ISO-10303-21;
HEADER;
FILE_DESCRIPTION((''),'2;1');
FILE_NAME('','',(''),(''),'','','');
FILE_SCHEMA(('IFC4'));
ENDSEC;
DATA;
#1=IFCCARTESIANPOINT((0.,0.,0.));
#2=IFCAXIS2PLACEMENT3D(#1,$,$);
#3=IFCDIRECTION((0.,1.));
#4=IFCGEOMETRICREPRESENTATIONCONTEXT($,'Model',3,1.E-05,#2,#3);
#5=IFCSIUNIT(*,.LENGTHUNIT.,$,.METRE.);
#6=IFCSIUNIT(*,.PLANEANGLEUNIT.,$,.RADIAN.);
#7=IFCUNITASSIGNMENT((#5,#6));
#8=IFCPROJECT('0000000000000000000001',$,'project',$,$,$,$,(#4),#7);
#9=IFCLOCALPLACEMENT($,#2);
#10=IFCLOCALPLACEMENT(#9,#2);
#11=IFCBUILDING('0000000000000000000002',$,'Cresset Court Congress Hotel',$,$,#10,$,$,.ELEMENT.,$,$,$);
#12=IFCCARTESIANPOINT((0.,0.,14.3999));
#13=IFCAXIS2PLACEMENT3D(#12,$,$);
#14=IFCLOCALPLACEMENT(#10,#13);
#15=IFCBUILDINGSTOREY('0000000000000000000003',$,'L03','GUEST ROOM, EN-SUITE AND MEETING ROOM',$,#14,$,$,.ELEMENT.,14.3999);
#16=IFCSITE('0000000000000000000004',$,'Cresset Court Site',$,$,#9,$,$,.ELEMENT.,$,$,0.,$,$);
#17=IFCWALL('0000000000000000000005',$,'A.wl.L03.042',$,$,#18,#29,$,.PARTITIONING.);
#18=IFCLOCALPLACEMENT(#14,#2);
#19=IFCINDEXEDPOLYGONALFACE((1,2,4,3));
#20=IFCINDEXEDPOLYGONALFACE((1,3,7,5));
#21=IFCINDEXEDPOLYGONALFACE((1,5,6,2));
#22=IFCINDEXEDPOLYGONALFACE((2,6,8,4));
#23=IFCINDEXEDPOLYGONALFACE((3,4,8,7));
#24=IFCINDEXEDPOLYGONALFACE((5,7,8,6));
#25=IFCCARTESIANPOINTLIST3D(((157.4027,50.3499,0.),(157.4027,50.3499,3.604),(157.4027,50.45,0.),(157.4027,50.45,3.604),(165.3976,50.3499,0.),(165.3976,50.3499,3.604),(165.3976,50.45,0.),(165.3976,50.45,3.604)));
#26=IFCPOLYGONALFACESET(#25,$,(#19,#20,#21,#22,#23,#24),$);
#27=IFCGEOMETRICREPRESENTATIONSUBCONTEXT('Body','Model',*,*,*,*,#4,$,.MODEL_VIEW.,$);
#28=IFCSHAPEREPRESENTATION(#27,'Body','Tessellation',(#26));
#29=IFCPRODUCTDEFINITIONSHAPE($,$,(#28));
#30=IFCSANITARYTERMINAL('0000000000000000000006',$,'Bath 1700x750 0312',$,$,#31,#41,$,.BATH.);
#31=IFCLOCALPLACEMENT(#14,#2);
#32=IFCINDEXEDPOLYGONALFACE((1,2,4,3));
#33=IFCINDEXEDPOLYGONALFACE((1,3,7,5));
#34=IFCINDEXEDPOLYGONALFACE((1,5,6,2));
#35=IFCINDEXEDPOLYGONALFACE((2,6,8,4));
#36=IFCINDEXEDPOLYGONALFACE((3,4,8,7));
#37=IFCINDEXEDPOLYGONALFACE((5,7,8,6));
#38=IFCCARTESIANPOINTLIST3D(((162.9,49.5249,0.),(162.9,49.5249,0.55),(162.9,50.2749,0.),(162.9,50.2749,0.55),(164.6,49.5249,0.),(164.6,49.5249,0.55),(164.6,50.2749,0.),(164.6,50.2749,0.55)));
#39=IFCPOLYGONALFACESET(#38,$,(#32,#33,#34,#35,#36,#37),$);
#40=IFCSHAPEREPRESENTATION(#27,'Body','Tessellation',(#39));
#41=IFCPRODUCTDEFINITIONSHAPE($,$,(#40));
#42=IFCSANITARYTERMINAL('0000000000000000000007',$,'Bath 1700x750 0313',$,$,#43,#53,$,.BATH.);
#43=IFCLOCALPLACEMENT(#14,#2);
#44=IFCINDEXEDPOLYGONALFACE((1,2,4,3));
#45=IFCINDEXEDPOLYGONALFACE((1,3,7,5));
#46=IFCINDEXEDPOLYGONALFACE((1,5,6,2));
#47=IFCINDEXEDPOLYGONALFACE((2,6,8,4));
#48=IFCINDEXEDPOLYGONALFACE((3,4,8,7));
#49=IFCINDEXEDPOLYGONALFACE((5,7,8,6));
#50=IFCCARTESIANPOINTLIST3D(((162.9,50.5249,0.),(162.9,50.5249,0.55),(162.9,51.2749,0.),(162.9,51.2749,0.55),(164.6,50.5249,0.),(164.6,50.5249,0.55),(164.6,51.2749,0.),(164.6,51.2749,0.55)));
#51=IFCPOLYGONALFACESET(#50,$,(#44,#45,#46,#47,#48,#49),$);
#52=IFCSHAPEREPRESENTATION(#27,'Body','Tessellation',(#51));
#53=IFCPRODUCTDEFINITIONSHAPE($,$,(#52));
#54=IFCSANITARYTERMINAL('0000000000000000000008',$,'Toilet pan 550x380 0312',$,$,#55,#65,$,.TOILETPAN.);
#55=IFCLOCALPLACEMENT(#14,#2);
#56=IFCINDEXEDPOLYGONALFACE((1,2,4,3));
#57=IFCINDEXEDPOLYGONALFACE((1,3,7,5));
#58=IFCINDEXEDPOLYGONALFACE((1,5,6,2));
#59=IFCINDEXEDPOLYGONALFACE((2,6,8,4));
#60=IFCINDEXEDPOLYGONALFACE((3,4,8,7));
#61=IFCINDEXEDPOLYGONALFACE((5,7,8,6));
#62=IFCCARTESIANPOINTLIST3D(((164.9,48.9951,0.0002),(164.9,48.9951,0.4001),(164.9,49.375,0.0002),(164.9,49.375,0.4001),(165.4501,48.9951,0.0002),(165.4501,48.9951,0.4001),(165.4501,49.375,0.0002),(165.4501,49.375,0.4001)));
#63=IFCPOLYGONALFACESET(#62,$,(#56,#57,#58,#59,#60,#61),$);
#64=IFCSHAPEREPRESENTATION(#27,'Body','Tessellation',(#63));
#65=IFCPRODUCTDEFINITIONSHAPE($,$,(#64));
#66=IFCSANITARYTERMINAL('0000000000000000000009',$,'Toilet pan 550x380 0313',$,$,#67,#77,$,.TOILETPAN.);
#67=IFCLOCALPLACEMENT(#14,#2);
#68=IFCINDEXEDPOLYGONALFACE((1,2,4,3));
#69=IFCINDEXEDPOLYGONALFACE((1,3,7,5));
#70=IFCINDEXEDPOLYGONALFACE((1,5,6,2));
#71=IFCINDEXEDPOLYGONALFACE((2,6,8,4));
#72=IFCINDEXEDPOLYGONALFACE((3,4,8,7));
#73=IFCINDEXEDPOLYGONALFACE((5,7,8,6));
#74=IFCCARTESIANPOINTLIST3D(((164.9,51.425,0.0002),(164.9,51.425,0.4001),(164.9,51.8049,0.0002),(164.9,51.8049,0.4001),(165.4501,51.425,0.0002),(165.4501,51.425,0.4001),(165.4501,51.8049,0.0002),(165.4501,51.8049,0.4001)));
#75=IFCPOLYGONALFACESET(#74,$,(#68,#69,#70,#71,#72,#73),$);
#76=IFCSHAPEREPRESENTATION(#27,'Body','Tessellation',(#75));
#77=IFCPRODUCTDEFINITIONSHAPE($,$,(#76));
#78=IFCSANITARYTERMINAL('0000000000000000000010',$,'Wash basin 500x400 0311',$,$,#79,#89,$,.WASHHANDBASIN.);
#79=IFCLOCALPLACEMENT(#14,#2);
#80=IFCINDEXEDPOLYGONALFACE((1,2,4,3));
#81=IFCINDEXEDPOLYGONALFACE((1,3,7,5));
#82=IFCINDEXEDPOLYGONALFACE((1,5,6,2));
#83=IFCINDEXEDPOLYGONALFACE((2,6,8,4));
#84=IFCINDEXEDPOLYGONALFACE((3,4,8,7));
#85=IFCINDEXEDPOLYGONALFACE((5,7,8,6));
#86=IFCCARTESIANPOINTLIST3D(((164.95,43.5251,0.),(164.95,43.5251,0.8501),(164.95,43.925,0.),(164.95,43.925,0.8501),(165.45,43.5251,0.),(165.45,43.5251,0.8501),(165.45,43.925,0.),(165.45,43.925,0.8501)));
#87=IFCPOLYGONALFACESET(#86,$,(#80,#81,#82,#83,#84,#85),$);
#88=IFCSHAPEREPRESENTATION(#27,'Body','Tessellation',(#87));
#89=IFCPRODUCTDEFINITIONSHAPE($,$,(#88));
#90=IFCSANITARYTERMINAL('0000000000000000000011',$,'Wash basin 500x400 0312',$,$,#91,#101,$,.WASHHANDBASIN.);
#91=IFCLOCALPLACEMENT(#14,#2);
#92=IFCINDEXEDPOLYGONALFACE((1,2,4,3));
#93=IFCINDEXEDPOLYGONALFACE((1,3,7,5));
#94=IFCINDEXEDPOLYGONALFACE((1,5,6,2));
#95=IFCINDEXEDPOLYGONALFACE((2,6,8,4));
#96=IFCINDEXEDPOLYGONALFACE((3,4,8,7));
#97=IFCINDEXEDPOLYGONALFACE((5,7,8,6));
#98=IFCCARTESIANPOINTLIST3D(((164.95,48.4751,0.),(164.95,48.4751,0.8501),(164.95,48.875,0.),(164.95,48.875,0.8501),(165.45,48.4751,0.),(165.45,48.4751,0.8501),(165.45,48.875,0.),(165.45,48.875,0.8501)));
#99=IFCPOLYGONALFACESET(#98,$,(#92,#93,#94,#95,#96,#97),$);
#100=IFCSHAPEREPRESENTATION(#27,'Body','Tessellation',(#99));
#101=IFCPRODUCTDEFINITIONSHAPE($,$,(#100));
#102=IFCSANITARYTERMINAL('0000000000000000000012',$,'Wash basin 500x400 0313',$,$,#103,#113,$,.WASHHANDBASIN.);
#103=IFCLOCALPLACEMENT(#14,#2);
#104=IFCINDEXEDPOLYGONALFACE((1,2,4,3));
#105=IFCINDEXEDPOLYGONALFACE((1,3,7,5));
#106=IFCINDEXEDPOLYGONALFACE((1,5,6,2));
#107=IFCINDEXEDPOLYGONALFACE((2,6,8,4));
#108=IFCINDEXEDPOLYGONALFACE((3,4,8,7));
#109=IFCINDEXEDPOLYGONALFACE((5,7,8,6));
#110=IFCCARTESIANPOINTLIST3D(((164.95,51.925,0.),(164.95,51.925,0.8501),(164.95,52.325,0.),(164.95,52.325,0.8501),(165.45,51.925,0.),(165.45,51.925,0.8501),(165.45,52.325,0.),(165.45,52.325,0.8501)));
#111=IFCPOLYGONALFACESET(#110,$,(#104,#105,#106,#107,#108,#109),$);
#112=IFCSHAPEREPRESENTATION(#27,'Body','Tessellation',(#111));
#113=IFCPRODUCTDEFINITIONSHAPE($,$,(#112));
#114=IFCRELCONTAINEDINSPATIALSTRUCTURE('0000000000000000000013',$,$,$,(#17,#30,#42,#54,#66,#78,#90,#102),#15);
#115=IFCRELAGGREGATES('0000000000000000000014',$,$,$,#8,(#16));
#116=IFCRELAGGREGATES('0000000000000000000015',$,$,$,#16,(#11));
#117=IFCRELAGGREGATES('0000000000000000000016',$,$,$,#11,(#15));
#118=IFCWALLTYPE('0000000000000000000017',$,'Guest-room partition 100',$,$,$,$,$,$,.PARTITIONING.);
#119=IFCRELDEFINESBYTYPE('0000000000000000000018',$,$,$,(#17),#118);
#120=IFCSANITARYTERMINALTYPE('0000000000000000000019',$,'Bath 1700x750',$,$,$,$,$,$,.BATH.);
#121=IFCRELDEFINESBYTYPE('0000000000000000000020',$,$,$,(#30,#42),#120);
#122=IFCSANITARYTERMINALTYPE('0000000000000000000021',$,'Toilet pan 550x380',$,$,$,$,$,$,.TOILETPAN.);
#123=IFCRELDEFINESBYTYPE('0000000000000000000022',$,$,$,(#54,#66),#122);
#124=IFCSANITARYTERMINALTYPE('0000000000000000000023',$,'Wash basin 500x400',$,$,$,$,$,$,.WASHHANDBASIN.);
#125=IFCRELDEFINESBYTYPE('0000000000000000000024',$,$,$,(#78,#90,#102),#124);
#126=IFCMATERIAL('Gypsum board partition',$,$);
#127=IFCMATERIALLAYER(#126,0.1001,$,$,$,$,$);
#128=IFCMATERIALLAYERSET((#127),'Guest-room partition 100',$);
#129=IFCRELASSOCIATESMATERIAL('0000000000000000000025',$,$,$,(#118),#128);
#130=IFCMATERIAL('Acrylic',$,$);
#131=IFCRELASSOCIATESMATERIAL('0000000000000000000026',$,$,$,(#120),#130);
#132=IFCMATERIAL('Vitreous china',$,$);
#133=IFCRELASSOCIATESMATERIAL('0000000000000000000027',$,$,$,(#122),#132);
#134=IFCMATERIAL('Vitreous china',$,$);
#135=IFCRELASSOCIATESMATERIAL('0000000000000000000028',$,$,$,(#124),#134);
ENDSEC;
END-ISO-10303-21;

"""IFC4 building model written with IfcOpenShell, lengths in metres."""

from ifc_helpers import new_model, si_unit, direction, frame, frame_2d, origin, origin_2d, place, context, subcontext, project, spatial, rectangle, extrude, material, layer, layer_set, type_object, element, save


model = new_model("IFC4")

# Units and contexts
model_context = context("Model", 3, precision=1e-05, world=origin(), true_north=direction((0.0, 1.0)))
body_context = subcontext(model_context, "Body", "Model", "MODEL_VIEW")
ifc_project = project(units=[si_unit("LENGTHUNIT", "METRE"), si_unit("PLANEANGLEUNIT", "RADIAN")], contexts=[model_context])

# Site, building, storey
site_placement = place(None, origin())
site = spatial("IfcSite", under=ifc_project, at=site_placement, Name="Cresset Court Site", CompositionType="ELEMENT", RefElevation=0.0)
building_placement = place(site_placement, origin())
building = spatial("IfcBuilding", under=site, at=building_placement, Name="Cresset Court Congress Hotel", CompositionType="ELEMENT")
storey_placement = place(building_placement, frame((0.0, 0.0, 14.3999)))
storey = spatial("IfcBuildingStorey", under=building, at=storey_placement, Name="L03", Description="GUEST ROOM, EN-SUITE AND MEETING ROOM", CompositionType="ELEMENT", Elevation=14.3999)

# Wall
ifc_material_1 = material(Name="Gypsum board partition")
ifc_layer_1 = layer(ifc_material_1, 0.1001)
ifc_layer_set_1 = layer_set([ifc_layer_1], Name="Guest-room partition 100")
wall_type_1 = type_object("IfcWallType", Name="Guest-room partition 100", PredefinedType="PARTITIONING", material=ifc_layer_set_1)
wall_1_placement = place(storey_placement, frame((157.4026, 50.3999, 0.0), z_axis=(0.0, 0.0, 1.0), x_axis=(1.0, 0.0, 0.0)))
element("IfcWall", 1, at=wall_1_placement, inside=storey, type_object=wall_type_1, Name="A.wl.L03.042", PredefinedType="PARTITIONING", context=body_context, shape_type="SweptSolid", body=[
    extrude(rectangle(XDim=7.9949, YDim=0.1001, at=frame_2d((3.9976, 0.0))), origin(), (0.0, 0.0, 1.0), 3.604),
])

# Sanitary terminals
ifc_material_2 = material(Name="Acrylic")
sanitary_terminal_type_1 = type_object("IfcSanitaryTerminalType", Name="Bath 1700x750", PredefinedType="BATH", material=ifc_material_2)
for number, where, z_axis, x_axis, name in (
    (2, (163.75, 49.8999, 0.0), (0.0, 0.0, 1.0), (1.0, 0.0, 0.0), "Bath 1700x750 0312"),
    (3, (163.75, 50.8999, 0.0), (0.0, 0.0, 1.0), (1.0, 0.0, 0.0), "Bath 1700x750 0313"),
):
    element("IfcSanitaryTerminal", number, at=place(storey_placement, frame(where, z_axis=z_axis, x_axis=x_axis)), inside=storey, type_object=sanitary_terminal_type_1, Name=name, PredefinedType="BATH", context=body_context, shape_type="SweptSolid", body=[
        extrude(rectangle(XDim=1.7, YDim=0.75, at=origin_2d()), origin(), (0.0, 0.0, 1.0), 0.55),
    ])
ifc_material_3 = material(Name="Vitreous china")
sanitary_terminal_type_2 = type_object("IfcSanitaryTerminalType", Name="Toilet pan 550x380", PredefinedType="TOILETPAN", material=ifc_material_3)
for number, where, z_axis, x_axis, name in (
    (4, (165.175, 49.1851, 0.0002), (0.0, 0.0, 1.0), (1.0, 0.0, 0.0), "Toilet pan 550x380 0312"),
    (5, (165.175, 51.615, 0.0002), (0.0, 0.0, 1.0), (1.0, 0.0, 0.0), "Toilet pan 550x380 0313"),
):
    element("IfcSanitaryTerminal", number, at=place(storey_placement, frame(where, z_axis=z_axis, x_axis=x_axis)), inside=storey, type_object=sanitary_terminal_type_2, Name=name, PredefinedType="TOILETPAN", context=body_context, shape_type="SweptSolid", body=[
        extrude(rectangle(XDim=0.55, YDim=0.3799, at=origin_2d()), origin(), (0.0, 0.0, 1.0), 0.3999),
    ])
ifc_material_4 = material(Name="Vitreous china")
sanitary_terminal_type_3 = type_object("IfcSanitaryTerminalType", Name="Wash basin 500x400", PredefinedType="WASHHANDBASIN", material=ifc_material_4)
for number, where, z_axis, x_axis, name in (
    (6, (165.2, 43.7251, 0.0), (0.0, 0.0, 1.0), (1.0, 0.0, 0.0), "Wash basin 500x400 0311"),
    (7, (165.2, 48.675, 0.0), (0.0, 0.0, 1.0), (1.0, 0.0, 0.0), "Wash basin 500x400 0312"),
    (8, (165.2, 52.125, 0.0), (0.0, 0.0, 1.0), (1.0, 0.0, 0.0), "Wash basin 500x400 0313"),
):
    element("IfcSanitaryTerminal", number, at=place(storey_placement, frame(where, z_axis=z_axis, x_axis=x_axis)), inside=storey, type_object=sanitary_terminal_type_3, Name=name, PredefinedType="WASHHANDBASIN", context=body_context, shape_type="SweptSolid", body=[
        extrude(rectangle(XDim=0.5, YDim=0.3999, at=origin_2d()), origin(), (0.0, 0.0, 1.0), 0.8501),
    ])

save(model, "model.ifc")
